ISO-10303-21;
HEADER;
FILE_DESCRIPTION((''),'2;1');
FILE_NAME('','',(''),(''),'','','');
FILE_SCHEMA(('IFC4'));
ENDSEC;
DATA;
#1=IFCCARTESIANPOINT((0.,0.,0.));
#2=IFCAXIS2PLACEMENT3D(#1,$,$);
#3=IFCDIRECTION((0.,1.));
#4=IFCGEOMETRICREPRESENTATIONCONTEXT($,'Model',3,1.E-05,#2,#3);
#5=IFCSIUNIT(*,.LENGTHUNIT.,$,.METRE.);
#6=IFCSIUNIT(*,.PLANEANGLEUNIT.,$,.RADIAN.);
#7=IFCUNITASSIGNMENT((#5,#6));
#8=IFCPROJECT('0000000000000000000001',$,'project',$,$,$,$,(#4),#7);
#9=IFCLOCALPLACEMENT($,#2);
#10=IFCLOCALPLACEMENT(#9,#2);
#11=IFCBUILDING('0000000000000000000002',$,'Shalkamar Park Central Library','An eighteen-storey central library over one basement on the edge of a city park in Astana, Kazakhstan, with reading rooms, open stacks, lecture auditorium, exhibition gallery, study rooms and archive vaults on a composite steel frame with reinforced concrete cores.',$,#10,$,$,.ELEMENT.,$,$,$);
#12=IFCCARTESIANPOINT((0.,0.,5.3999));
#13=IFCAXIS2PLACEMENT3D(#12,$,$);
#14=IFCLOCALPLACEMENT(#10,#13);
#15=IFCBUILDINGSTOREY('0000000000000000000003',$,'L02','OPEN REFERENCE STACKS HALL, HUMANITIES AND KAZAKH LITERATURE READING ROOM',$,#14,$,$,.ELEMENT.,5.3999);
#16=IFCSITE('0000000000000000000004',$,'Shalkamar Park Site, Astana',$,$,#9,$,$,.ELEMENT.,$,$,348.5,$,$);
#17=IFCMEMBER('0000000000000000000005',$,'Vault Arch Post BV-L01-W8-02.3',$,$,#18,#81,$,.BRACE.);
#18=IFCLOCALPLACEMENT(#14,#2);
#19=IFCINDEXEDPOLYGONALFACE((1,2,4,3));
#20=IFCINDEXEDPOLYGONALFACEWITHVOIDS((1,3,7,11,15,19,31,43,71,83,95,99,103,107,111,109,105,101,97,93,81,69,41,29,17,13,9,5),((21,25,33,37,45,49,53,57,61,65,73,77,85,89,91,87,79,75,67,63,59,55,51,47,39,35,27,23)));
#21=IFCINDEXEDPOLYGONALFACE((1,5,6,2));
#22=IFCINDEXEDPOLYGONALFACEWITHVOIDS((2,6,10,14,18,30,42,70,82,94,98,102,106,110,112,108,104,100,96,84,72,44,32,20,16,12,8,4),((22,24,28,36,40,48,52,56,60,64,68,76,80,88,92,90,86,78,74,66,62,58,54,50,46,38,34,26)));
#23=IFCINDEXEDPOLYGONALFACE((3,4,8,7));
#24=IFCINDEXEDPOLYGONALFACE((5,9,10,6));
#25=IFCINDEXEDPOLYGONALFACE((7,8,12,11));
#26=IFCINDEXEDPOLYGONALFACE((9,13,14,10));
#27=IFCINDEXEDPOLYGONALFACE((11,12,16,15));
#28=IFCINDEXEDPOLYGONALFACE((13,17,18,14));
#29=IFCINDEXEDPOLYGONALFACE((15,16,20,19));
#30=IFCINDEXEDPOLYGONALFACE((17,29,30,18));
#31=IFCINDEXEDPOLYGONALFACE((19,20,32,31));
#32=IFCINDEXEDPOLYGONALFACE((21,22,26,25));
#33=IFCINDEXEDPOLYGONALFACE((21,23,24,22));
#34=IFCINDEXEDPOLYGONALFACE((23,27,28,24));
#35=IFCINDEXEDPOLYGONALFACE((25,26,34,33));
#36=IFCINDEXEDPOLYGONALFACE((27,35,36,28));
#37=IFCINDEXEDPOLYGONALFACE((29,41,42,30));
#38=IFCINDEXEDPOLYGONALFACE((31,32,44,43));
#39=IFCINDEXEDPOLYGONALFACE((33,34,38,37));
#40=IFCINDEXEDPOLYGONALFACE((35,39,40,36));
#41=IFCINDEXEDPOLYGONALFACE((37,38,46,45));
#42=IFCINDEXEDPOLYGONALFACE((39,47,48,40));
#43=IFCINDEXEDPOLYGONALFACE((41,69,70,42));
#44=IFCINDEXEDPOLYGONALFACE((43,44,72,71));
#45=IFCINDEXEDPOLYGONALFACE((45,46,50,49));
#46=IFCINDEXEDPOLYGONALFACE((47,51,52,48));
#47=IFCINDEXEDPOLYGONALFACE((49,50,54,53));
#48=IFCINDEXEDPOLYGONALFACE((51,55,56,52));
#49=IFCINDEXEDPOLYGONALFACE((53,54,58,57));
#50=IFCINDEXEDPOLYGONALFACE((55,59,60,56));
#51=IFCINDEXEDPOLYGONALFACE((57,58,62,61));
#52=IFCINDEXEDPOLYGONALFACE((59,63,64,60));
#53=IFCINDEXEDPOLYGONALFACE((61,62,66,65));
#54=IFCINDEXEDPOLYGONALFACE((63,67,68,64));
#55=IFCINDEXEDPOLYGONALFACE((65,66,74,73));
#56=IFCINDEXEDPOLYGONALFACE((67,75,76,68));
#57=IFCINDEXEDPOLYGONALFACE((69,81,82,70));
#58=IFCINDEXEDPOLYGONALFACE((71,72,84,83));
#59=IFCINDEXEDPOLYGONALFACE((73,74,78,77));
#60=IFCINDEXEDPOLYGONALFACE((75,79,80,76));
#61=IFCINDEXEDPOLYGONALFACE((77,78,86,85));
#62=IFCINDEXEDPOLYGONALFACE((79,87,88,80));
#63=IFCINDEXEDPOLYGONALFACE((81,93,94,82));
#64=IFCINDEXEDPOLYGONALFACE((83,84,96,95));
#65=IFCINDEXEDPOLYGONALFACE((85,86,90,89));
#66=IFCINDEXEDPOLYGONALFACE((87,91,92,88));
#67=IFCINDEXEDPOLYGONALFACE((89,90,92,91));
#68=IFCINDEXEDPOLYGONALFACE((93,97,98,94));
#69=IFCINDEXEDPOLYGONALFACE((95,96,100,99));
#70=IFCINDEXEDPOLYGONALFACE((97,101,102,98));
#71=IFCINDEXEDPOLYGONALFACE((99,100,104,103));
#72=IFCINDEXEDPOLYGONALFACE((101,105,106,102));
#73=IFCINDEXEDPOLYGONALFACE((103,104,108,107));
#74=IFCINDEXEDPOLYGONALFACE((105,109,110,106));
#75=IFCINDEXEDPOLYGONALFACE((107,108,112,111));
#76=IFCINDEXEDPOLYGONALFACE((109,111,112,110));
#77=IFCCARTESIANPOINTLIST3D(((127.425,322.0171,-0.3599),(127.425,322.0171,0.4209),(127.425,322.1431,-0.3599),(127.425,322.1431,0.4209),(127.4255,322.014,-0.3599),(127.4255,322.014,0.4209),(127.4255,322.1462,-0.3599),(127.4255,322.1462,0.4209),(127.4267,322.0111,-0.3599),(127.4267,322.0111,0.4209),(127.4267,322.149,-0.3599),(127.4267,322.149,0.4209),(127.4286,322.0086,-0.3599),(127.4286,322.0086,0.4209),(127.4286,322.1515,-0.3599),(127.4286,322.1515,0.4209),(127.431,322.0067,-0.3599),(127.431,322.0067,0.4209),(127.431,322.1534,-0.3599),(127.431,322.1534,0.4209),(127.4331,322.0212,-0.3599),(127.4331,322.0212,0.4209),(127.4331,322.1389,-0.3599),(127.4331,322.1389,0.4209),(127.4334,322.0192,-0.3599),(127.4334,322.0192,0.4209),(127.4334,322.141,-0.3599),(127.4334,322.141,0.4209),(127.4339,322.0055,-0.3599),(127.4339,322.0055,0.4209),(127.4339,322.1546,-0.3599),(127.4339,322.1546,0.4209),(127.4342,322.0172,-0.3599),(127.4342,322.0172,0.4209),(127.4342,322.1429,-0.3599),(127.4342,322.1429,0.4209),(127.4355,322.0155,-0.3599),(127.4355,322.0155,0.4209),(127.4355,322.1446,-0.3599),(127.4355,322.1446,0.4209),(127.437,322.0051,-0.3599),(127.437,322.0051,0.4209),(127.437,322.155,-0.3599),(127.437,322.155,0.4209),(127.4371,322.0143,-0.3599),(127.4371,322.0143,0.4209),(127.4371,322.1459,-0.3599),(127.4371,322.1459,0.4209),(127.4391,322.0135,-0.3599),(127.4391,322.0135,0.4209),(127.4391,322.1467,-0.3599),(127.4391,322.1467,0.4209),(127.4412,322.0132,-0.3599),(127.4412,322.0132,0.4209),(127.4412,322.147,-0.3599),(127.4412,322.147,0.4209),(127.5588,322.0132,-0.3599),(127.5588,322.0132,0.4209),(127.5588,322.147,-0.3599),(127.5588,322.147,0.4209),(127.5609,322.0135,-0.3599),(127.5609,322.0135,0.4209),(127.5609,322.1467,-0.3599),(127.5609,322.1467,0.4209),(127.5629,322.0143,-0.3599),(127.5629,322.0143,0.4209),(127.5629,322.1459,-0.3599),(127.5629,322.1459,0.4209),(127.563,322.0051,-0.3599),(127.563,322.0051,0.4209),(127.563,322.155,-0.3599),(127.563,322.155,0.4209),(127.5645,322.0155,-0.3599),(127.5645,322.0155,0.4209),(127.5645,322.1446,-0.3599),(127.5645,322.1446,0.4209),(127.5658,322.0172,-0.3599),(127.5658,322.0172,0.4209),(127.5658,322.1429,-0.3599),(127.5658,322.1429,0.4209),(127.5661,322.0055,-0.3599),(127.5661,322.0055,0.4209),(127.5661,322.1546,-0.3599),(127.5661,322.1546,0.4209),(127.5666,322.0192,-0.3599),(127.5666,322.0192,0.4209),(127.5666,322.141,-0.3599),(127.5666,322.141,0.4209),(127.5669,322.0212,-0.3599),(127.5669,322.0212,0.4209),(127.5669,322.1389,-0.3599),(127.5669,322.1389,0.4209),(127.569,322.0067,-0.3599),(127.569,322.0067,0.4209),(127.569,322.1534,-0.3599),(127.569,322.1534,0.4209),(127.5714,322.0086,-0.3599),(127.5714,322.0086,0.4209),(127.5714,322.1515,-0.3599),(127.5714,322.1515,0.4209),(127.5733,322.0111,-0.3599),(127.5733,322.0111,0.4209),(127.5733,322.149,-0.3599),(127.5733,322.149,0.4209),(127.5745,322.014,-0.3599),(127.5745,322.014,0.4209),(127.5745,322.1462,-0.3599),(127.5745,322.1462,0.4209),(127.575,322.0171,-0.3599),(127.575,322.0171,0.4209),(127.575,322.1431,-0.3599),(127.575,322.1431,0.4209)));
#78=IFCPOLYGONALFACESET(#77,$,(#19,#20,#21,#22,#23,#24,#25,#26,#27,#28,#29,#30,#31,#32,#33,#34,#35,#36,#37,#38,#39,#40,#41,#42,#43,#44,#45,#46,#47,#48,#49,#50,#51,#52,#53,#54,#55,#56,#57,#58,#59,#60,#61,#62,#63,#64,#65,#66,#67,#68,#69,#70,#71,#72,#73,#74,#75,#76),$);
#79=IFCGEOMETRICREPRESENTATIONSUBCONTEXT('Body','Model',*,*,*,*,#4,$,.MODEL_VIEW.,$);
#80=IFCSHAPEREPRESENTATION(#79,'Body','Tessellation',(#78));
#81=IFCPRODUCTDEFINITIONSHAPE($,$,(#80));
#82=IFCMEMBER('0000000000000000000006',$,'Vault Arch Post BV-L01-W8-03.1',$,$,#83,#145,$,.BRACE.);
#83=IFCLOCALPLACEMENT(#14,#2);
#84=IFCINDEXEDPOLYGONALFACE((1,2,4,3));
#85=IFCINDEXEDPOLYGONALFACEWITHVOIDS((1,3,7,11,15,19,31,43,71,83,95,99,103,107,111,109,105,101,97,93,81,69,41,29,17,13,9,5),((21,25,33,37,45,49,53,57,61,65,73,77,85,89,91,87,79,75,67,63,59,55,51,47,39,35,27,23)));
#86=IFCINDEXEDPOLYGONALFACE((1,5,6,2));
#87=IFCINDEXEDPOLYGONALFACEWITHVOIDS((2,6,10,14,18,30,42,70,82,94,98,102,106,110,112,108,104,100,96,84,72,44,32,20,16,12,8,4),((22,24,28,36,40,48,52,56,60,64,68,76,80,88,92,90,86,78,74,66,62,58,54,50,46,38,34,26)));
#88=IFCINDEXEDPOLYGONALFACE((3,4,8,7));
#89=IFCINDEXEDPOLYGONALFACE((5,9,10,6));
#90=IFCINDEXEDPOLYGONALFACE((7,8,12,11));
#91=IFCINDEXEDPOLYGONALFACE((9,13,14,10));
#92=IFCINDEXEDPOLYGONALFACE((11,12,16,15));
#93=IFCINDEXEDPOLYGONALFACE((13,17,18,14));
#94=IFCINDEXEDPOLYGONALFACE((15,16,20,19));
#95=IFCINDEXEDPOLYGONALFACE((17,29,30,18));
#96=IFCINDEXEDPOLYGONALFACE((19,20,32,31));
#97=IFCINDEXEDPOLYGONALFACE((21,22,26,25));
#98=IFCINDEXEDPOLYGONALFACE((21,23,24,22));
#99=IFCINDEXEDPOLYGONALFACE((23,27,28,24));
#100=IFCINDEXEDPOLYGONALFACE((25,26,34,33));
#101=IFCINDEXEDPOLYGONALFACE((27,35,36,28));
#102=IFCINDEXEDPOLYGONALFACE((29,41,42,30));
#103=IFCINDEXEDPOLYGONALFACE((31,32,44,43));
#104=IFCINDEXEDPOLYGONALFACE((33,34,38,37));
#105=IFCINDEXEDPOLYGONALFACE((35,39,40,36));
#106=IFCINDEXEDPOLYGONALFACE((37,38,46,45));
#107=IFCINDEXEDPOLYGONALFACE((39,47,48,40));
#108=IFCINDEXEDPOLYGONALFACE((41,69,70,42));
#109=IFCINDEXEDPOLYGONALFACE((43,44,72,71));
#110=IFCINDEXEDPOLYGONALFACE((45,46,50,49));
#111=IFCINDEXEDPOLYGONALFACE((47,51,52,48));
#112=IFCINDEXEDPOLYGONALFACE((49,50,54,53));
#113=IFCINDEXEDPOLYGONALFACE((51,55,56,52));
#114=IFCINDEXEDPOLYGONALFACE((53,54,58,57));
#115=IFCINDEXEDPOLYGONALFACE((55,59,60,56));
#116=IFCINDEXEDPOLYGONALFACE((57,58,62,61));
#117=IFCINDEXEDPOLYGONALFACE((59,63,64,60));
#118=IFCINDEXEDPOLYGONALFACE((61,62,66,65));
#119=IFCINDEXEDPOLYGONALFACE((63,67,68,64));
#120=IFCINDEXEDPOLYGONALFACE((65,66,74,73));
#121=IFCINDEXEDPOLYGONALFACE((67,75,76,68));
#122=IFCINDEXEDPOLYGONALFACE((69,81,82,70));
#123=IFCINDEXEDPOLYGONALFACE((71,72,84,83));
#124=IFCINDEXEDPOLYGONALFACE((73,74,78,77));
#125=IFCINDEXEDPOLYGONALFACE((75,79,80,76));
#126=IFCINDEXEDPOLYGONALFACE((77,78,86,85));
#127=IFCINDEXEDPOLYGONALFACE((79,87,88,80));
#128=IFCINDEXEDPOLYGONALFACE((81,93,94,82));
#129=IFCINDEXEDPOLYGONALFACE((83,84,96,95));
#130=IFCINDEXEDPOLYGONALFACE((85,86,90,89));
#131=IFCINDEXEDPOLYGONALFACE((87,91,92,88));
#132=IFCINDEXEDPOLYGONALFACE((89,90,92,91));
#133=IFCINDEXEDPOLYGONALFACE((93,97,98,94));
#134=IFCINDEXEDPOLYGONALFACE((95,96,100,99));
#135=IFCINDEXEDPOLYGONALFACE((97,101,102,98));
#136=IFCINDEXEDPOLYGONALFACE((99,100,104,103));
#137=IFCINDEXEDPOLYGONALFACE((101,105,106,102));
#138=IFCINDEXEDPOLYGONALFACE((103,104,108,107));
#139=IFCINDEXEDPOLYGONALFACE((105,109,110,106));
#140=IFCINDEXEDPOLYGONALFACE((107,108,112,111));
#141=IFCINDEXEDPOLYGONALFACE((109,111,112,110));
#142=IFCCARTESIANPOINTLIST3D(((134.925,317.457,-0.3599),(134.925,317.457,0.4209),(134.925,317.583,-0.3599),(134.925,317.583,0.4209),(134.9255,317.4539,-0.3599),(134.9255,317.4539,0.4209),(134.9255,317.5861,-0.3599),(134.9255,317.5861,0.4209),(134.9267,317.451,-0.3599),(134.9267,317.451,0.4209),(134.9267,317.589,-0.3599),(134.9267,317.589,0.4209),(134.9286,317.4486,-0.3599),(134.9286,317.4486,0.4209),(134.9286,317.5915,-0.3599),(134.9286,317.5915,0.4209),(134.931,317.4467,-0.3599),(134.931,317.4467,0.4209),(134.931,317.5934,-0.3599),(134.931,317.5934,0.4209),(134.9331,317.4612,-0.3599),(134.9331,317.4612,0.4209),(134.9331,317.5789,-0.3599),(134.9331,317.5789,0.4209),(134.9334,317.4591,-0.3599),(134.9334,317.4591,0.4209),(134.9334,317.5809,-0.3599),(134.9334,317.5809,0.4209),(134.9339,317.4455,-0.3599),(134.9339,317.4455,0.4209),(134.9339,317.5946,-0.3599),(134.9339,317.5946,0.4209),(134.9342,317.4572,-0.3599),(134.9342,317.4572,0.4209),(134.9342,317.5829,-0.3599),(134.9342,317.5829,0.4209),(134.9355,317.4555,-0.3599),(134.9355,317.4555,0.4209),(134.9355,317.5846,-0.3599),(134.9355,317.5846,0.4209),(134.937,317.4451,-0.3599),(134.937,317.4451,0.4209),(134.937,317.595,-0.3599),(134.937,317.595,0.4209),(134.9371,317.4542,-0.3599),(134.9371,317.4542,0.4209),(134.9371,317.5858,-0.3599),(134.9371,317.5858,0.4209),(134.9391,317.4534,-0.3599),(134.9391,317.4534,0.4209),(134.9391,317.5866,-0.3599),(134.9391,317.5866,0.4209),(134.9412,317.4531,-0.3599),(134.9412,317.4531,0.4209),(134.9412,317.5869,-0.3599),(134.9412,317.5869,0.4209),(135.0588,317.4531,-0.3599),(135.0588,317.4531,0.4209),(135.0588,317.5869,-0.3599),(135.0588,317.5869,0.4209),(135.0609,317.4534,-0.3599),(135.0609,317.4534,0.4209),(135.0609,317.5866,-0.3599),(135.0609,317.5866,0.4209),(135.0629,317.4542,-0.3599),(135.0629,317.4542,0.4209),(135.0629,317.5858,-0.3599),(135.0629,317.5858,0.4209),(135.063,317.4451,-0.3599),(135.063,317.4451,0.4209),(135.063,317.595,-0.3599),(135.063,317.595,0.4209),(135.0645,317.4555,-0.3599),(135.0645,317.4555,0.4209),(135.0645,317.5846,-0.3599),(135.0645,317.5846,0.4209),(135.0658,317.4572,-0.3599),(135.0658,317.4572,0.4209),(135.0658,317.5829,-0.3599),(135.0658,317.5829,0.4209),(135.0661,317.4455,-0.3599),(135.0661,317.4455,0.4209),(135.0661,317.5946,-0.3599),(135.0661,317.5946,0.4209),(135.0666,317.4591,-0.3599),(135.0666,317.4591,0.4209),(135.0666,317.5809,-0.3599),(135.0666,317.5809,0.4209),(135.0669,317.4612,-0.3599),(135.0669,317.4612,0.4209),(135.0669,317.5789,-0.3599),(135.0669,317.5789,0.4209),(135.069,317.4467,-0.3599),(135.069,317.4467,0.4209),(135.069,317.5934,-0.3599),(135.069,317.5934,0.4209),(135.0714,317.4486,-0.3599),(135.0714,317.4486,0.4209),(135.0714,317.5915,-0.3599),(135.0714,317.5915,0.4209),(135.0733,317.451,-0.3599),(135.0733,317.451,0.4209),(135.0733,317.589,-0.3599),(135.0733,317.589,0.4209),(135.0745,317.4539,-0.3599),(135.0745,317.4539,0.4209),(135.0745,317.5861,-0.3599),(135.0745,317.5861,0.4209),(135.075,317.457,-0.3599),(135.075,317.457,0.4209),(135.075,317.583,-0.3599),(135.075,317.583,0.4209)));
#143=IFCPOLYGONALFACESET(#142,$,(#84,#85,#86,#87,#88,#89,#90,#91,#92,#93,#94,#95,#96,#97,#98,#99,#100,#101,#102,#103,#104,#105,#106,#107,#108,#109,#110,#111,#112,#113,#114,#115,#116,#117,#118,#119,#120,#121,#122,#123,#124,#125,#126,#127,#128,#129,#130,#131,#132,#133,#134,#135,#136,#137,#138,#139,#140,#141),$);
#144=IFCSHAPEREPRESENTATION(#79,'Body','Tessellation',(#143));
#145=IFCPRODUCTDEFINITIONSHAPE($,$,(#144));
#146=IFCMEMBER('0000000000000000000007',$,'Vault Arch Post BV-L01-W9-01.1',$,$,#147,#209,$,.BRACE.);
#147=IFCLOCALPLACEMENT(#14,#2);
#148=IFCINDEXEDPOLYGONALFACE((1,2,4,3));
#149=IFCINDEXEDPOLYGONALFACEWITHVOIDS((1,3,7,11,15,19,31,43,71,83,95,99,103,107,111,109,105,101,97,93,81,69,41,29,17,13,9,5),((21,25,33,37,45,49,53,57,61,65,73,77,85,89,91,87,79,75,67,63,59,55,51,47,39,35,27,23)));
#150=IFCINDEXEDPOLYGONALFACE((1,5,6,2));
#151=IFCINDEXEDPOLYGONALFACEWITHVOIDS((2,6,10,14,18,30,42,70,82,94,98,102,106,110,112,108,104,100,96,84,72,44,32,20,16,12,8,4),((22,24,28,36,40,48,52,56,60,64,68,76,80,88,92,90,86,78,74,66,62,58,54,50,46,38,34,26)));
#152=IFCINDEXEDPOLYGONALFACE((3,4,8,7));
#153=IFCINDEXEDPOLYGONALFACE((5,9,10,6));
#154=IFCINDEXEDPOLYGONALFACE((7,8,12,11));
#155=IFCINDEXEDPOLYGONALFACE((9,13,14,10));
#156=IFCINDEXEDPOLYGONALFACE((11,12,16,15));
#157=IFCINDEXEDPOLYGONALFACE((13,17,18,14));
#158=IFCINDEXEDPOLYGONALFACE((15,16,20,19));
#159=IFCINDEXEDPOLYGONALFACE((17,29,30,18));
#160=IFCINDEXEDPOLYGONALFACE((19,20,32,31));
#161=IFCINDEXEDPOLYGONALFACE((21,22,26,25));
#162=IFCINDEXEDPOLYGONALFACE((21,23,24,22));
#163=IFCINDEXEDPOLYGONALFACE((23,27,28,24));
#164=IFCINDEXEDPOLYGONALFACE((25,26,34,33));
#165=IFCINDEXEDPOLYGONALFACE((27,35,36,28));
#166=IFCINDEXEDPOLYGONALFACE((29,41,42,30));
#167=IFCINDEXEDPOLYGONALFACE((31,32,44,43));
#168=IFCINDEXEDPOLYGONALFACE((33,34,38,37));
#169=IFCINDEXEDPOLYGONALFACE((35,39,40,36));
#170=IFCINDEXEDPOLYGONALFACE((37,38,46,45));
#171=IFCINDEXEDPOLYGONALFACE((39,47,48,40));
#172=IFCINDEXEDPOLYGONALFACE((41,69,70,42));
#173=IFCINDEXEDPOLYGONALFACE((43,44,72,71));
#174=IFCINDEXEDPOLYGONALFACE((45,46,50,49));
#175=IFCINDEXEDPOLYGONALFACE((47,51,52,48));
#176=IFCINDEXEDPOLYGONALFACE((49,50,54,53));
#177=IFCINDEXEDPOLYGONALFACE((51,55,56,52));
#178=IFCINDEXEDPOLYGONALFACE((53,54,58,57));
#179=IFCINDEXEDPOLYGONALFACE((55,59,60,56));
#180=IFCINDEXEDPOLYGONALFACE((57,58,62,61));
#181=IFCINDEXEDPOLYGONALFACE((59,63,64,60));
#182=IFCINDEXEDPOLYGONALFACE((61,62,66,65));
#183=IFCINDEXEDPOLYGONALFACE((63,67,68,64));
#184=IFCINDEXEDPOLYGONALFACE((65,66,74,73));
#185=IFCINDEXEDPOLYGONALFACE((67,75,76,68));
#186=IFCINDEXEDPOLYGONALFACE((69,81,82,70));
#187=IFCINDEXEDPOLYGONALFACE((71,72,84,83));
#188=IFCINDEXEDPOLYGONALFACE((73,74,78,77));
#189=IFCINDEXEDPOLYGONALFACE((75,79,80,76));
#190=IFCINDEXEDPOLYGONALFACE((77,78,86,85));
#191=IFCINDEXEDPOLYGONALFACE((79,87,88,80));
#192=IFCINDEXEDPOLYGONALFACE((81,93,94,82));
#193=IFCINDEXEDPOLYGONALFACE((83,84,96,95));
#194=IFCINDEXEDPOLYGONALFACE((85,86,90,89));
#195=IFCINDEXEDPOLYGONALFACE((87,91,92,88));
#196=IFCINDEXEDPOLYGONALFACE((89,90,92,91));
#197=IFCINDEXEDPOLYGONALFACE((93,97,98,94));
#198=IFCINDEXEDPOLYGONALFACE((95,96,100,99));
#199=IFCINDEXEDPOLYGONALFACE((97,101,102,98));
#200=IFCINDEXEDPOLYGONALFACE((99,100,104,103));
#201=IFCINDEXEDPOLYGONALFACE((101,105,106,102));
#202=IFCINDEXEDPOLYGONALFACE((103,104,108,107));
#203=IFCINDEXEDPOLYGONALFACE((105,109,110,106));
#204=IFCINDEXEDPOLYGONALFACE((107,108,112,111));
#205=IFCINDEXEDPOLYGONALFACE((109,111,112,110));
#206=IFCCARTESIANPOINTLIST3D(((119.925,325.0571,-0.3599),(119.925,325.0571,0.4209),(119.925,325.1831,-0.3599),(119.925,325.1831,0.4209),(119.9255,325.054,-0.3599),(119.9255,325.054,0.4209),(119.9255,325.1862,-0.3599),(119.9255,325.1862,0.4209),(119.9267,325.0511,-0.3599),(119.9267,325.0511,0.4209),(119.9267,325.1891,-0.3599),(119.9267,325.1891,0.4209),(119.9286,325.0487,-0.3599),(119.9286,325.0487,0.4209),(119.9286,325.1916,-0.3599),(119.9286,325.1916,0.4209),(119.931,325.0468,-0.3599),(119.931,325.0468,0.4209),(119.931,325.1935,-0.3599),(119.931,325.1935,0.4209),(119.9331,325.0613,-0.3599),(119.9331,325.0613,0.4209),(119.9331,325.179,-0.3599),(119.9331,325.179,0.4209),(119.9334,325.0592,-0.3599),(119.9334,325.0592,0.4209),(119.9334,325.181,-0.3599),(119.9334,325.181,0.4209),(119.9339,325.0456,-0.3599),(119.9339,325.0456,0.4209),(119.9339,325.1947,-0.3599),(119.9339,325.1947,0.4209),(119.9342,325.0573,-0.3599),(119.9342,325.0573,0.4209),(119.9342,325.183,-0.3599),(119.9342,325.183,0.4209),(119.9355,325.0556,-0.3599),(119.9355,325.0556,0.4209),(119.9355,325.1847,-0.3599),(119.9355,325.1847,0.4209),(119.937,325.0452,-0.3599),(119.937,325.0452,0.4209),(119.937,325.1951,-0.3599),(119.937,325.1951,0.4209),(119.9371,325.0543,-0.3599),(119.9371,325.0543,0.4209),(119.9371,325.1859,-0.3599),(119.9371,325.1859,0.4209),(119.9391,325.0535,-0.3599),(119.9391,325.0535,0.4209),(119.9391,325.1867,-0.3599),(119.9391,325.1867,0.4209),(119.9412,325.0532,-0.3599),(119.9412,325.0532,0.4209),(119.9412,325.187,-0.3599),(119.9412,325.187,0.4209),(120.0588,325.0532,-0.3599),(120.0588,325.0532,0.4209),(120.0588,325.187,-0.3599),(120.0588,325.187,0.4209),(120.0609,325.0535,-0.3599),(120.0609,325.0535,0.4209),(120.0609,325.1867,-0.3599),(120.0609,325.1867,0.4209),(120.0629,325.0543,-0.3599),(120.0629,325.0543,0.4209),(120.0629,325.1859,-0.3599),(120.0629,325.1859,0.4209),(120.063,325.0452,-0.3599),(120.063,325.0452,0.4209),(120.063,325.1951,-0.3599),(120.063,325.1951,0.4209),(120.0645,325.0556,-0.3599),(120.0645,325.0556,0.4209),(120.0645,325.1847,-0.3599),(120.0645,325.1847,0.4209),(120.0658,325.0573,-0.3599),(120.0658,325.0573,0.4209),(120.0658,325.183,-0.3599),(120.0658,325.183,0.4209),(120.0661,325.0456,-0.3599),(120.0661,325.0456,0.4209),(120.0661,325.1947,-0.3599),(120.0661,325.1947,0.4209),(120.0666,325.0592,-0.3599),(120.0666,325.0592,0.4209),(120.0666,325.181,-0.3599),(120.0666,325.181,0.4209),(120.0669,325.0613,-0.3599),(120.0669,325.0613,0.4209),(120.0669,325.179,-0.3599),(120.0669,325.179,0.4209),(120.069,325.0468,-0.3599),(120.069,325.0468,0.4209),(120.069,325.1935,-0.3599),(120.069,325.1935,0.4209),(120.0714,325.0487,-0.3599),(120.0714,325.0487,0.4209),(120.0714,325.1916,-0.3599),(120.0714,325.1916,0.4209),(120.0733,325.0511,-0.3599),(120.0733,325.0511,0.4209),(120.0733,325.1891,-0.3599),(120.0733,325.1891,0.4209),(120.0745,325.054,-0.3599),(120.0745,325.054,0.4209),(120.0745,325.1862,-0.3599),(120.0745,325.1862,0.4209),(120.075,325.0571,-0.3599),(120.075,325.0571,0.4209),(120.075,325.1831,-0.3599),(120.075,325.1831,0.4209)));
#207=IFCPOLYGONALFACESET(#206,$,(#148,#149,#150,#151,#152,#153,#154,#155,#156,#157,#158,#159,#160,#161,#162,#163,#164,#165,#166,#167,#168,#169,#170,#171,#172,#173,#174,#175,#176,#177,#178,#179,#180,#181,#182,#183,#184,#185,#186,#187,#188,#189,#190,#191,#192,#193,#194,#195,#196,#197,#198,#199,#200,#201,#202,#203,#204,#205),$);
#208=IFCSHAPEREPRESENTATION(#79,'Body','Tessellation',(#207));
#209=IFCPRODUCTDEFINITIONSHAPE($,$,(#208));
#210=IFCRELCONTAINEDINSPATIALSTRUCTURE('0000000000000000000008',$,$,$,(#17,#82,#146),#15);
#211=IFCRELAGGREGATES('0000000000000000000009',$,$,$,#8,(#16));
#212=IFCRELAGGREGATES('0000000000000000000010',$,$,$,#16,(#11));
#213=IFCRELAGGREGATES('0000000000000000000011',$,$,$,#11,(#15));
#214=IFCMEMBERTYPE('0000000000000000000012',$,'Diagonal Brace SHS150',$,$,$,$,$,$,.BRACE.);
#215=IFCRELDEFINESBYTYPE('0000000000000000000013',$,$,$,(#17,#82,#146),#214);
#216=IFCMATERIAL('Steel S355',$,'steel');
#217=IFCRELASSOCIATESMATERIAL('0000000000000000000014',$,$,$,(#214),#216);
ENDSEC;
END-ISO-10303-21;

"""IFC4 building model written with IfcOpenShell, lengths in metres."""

from ifc_helpers import new_model, si_unit, direction, frame, origin, origin_2d, place, context, subcontext, project, spatial, hollow_rectangle, extrude, material, material_profile, profile_set, type_object, element, save


model = new_model("IFC4")

# Units and contexts
model_context = context("Model", 3, precision=1e-05, world=origin(), true_north=direction((0.0, 1.0)))
body_context = subcontext(model_context, "Body", "Model", "MODEL_VIEW")
ifc_project = project(units=[si_unit("LENGTHUNIT", "METRE"), si_unit("PLANEANGLEUNIT", "RADIAN")], contexts=[model_context])

# Site, building, storey
site_placement = place(None, origin())
site = spatial("IfcSite", under=ifc_project, at=site_placement, Name="Shalkamar Park Site, Astana", CompositionType="ELEMENT", RefElevation=348.5)
building_placement = place(site_placement, origin())
building = spatial("IfcBuilding", under=site, at=building_placement, Name="Shalkamar Park Central Library", Description="An eighteen-storey central library over one basement on the edge of a city park in Astana, Kazakhstan, with reading rooms, open stacks, lecture auditorium, exhibition gallery, study rooms and archive vaults on a composite steel frame with reinforced concrete cores.", CompositionType="ELEMENT")
storey_placement = place(building_placement, frame((0.0, 0.0, 5.3999)))
storey = spatial("IfcBuildingStorey", under=building, at=storey_placement, Name="L02", Description="OPEN REFERENCE STACKS HALL, HUMANITIES AND KAZAKH LITERATURE READING ROOM", CompositionType="ELEMENT", Elevation=5.3999)

# Members
ifc_material_1 = material(Name="Steel S355", Category="steel")
ifc_material_profile_1 = material_profile(ifc_material_1, hollow_rectangle(XDim=0.1499, YDim=0.1499, WallThickness=0.0081, InnerFilletRadius=0.0081, OuterFilletRadius=0.012, at=origin_2d()), Name="SHS 150x150x8")
ifc_profile_set_1 = profile_set([ifc_material_profile_1], Name="Steel S355")
member_type_1 = type_object("IfcMemberType", Name="Diagonal Brace SHS150", PredefinedType="BRACE", material=ifc_profile_set_1)
for number, where, z_axis, x_axis, name in (
    (1, (127.5, 322.0801, -0.3599), (0.0, 0.0, 1.0), (1.0, 0.0, 0.0), "Vault Arch Post BV-L01-W8-02.3"),
    (2, (135.0, 317.52, -0.3599), (0.0, 0.0, 1.0), (1.0, 0.0, 0.0), "Vault Arch Post BV-L01-W8-03.1"),
    (3, (120.0, 325.1201, -0.3599), (0.0, 0.0, 1.0), (1.0, 0.0, 0.0), "Vault Arch Post BV-L01-W9-01.1"),
):
    element("IfcMember", number, at=place(storey_placement, frame(where, z_axis=z_axis, x_axis=x_axis)), inside=storey, type_object=member_type_1, Name=name, PredefinedType="BRACE", context=body_context, shape_type="SweptSolid", body=[
        extrude(hollow_rectangle(XDim=0.1499, YDim=0.1499, WallThickness=0.0081, InnerFilletRadius=0.0081, OuterFilletRadius=0.012, at=origin_2d()), origin(), (0.0, 0.0, 1.0), 0.7808),
    ])

save(model, "model.ifc")
